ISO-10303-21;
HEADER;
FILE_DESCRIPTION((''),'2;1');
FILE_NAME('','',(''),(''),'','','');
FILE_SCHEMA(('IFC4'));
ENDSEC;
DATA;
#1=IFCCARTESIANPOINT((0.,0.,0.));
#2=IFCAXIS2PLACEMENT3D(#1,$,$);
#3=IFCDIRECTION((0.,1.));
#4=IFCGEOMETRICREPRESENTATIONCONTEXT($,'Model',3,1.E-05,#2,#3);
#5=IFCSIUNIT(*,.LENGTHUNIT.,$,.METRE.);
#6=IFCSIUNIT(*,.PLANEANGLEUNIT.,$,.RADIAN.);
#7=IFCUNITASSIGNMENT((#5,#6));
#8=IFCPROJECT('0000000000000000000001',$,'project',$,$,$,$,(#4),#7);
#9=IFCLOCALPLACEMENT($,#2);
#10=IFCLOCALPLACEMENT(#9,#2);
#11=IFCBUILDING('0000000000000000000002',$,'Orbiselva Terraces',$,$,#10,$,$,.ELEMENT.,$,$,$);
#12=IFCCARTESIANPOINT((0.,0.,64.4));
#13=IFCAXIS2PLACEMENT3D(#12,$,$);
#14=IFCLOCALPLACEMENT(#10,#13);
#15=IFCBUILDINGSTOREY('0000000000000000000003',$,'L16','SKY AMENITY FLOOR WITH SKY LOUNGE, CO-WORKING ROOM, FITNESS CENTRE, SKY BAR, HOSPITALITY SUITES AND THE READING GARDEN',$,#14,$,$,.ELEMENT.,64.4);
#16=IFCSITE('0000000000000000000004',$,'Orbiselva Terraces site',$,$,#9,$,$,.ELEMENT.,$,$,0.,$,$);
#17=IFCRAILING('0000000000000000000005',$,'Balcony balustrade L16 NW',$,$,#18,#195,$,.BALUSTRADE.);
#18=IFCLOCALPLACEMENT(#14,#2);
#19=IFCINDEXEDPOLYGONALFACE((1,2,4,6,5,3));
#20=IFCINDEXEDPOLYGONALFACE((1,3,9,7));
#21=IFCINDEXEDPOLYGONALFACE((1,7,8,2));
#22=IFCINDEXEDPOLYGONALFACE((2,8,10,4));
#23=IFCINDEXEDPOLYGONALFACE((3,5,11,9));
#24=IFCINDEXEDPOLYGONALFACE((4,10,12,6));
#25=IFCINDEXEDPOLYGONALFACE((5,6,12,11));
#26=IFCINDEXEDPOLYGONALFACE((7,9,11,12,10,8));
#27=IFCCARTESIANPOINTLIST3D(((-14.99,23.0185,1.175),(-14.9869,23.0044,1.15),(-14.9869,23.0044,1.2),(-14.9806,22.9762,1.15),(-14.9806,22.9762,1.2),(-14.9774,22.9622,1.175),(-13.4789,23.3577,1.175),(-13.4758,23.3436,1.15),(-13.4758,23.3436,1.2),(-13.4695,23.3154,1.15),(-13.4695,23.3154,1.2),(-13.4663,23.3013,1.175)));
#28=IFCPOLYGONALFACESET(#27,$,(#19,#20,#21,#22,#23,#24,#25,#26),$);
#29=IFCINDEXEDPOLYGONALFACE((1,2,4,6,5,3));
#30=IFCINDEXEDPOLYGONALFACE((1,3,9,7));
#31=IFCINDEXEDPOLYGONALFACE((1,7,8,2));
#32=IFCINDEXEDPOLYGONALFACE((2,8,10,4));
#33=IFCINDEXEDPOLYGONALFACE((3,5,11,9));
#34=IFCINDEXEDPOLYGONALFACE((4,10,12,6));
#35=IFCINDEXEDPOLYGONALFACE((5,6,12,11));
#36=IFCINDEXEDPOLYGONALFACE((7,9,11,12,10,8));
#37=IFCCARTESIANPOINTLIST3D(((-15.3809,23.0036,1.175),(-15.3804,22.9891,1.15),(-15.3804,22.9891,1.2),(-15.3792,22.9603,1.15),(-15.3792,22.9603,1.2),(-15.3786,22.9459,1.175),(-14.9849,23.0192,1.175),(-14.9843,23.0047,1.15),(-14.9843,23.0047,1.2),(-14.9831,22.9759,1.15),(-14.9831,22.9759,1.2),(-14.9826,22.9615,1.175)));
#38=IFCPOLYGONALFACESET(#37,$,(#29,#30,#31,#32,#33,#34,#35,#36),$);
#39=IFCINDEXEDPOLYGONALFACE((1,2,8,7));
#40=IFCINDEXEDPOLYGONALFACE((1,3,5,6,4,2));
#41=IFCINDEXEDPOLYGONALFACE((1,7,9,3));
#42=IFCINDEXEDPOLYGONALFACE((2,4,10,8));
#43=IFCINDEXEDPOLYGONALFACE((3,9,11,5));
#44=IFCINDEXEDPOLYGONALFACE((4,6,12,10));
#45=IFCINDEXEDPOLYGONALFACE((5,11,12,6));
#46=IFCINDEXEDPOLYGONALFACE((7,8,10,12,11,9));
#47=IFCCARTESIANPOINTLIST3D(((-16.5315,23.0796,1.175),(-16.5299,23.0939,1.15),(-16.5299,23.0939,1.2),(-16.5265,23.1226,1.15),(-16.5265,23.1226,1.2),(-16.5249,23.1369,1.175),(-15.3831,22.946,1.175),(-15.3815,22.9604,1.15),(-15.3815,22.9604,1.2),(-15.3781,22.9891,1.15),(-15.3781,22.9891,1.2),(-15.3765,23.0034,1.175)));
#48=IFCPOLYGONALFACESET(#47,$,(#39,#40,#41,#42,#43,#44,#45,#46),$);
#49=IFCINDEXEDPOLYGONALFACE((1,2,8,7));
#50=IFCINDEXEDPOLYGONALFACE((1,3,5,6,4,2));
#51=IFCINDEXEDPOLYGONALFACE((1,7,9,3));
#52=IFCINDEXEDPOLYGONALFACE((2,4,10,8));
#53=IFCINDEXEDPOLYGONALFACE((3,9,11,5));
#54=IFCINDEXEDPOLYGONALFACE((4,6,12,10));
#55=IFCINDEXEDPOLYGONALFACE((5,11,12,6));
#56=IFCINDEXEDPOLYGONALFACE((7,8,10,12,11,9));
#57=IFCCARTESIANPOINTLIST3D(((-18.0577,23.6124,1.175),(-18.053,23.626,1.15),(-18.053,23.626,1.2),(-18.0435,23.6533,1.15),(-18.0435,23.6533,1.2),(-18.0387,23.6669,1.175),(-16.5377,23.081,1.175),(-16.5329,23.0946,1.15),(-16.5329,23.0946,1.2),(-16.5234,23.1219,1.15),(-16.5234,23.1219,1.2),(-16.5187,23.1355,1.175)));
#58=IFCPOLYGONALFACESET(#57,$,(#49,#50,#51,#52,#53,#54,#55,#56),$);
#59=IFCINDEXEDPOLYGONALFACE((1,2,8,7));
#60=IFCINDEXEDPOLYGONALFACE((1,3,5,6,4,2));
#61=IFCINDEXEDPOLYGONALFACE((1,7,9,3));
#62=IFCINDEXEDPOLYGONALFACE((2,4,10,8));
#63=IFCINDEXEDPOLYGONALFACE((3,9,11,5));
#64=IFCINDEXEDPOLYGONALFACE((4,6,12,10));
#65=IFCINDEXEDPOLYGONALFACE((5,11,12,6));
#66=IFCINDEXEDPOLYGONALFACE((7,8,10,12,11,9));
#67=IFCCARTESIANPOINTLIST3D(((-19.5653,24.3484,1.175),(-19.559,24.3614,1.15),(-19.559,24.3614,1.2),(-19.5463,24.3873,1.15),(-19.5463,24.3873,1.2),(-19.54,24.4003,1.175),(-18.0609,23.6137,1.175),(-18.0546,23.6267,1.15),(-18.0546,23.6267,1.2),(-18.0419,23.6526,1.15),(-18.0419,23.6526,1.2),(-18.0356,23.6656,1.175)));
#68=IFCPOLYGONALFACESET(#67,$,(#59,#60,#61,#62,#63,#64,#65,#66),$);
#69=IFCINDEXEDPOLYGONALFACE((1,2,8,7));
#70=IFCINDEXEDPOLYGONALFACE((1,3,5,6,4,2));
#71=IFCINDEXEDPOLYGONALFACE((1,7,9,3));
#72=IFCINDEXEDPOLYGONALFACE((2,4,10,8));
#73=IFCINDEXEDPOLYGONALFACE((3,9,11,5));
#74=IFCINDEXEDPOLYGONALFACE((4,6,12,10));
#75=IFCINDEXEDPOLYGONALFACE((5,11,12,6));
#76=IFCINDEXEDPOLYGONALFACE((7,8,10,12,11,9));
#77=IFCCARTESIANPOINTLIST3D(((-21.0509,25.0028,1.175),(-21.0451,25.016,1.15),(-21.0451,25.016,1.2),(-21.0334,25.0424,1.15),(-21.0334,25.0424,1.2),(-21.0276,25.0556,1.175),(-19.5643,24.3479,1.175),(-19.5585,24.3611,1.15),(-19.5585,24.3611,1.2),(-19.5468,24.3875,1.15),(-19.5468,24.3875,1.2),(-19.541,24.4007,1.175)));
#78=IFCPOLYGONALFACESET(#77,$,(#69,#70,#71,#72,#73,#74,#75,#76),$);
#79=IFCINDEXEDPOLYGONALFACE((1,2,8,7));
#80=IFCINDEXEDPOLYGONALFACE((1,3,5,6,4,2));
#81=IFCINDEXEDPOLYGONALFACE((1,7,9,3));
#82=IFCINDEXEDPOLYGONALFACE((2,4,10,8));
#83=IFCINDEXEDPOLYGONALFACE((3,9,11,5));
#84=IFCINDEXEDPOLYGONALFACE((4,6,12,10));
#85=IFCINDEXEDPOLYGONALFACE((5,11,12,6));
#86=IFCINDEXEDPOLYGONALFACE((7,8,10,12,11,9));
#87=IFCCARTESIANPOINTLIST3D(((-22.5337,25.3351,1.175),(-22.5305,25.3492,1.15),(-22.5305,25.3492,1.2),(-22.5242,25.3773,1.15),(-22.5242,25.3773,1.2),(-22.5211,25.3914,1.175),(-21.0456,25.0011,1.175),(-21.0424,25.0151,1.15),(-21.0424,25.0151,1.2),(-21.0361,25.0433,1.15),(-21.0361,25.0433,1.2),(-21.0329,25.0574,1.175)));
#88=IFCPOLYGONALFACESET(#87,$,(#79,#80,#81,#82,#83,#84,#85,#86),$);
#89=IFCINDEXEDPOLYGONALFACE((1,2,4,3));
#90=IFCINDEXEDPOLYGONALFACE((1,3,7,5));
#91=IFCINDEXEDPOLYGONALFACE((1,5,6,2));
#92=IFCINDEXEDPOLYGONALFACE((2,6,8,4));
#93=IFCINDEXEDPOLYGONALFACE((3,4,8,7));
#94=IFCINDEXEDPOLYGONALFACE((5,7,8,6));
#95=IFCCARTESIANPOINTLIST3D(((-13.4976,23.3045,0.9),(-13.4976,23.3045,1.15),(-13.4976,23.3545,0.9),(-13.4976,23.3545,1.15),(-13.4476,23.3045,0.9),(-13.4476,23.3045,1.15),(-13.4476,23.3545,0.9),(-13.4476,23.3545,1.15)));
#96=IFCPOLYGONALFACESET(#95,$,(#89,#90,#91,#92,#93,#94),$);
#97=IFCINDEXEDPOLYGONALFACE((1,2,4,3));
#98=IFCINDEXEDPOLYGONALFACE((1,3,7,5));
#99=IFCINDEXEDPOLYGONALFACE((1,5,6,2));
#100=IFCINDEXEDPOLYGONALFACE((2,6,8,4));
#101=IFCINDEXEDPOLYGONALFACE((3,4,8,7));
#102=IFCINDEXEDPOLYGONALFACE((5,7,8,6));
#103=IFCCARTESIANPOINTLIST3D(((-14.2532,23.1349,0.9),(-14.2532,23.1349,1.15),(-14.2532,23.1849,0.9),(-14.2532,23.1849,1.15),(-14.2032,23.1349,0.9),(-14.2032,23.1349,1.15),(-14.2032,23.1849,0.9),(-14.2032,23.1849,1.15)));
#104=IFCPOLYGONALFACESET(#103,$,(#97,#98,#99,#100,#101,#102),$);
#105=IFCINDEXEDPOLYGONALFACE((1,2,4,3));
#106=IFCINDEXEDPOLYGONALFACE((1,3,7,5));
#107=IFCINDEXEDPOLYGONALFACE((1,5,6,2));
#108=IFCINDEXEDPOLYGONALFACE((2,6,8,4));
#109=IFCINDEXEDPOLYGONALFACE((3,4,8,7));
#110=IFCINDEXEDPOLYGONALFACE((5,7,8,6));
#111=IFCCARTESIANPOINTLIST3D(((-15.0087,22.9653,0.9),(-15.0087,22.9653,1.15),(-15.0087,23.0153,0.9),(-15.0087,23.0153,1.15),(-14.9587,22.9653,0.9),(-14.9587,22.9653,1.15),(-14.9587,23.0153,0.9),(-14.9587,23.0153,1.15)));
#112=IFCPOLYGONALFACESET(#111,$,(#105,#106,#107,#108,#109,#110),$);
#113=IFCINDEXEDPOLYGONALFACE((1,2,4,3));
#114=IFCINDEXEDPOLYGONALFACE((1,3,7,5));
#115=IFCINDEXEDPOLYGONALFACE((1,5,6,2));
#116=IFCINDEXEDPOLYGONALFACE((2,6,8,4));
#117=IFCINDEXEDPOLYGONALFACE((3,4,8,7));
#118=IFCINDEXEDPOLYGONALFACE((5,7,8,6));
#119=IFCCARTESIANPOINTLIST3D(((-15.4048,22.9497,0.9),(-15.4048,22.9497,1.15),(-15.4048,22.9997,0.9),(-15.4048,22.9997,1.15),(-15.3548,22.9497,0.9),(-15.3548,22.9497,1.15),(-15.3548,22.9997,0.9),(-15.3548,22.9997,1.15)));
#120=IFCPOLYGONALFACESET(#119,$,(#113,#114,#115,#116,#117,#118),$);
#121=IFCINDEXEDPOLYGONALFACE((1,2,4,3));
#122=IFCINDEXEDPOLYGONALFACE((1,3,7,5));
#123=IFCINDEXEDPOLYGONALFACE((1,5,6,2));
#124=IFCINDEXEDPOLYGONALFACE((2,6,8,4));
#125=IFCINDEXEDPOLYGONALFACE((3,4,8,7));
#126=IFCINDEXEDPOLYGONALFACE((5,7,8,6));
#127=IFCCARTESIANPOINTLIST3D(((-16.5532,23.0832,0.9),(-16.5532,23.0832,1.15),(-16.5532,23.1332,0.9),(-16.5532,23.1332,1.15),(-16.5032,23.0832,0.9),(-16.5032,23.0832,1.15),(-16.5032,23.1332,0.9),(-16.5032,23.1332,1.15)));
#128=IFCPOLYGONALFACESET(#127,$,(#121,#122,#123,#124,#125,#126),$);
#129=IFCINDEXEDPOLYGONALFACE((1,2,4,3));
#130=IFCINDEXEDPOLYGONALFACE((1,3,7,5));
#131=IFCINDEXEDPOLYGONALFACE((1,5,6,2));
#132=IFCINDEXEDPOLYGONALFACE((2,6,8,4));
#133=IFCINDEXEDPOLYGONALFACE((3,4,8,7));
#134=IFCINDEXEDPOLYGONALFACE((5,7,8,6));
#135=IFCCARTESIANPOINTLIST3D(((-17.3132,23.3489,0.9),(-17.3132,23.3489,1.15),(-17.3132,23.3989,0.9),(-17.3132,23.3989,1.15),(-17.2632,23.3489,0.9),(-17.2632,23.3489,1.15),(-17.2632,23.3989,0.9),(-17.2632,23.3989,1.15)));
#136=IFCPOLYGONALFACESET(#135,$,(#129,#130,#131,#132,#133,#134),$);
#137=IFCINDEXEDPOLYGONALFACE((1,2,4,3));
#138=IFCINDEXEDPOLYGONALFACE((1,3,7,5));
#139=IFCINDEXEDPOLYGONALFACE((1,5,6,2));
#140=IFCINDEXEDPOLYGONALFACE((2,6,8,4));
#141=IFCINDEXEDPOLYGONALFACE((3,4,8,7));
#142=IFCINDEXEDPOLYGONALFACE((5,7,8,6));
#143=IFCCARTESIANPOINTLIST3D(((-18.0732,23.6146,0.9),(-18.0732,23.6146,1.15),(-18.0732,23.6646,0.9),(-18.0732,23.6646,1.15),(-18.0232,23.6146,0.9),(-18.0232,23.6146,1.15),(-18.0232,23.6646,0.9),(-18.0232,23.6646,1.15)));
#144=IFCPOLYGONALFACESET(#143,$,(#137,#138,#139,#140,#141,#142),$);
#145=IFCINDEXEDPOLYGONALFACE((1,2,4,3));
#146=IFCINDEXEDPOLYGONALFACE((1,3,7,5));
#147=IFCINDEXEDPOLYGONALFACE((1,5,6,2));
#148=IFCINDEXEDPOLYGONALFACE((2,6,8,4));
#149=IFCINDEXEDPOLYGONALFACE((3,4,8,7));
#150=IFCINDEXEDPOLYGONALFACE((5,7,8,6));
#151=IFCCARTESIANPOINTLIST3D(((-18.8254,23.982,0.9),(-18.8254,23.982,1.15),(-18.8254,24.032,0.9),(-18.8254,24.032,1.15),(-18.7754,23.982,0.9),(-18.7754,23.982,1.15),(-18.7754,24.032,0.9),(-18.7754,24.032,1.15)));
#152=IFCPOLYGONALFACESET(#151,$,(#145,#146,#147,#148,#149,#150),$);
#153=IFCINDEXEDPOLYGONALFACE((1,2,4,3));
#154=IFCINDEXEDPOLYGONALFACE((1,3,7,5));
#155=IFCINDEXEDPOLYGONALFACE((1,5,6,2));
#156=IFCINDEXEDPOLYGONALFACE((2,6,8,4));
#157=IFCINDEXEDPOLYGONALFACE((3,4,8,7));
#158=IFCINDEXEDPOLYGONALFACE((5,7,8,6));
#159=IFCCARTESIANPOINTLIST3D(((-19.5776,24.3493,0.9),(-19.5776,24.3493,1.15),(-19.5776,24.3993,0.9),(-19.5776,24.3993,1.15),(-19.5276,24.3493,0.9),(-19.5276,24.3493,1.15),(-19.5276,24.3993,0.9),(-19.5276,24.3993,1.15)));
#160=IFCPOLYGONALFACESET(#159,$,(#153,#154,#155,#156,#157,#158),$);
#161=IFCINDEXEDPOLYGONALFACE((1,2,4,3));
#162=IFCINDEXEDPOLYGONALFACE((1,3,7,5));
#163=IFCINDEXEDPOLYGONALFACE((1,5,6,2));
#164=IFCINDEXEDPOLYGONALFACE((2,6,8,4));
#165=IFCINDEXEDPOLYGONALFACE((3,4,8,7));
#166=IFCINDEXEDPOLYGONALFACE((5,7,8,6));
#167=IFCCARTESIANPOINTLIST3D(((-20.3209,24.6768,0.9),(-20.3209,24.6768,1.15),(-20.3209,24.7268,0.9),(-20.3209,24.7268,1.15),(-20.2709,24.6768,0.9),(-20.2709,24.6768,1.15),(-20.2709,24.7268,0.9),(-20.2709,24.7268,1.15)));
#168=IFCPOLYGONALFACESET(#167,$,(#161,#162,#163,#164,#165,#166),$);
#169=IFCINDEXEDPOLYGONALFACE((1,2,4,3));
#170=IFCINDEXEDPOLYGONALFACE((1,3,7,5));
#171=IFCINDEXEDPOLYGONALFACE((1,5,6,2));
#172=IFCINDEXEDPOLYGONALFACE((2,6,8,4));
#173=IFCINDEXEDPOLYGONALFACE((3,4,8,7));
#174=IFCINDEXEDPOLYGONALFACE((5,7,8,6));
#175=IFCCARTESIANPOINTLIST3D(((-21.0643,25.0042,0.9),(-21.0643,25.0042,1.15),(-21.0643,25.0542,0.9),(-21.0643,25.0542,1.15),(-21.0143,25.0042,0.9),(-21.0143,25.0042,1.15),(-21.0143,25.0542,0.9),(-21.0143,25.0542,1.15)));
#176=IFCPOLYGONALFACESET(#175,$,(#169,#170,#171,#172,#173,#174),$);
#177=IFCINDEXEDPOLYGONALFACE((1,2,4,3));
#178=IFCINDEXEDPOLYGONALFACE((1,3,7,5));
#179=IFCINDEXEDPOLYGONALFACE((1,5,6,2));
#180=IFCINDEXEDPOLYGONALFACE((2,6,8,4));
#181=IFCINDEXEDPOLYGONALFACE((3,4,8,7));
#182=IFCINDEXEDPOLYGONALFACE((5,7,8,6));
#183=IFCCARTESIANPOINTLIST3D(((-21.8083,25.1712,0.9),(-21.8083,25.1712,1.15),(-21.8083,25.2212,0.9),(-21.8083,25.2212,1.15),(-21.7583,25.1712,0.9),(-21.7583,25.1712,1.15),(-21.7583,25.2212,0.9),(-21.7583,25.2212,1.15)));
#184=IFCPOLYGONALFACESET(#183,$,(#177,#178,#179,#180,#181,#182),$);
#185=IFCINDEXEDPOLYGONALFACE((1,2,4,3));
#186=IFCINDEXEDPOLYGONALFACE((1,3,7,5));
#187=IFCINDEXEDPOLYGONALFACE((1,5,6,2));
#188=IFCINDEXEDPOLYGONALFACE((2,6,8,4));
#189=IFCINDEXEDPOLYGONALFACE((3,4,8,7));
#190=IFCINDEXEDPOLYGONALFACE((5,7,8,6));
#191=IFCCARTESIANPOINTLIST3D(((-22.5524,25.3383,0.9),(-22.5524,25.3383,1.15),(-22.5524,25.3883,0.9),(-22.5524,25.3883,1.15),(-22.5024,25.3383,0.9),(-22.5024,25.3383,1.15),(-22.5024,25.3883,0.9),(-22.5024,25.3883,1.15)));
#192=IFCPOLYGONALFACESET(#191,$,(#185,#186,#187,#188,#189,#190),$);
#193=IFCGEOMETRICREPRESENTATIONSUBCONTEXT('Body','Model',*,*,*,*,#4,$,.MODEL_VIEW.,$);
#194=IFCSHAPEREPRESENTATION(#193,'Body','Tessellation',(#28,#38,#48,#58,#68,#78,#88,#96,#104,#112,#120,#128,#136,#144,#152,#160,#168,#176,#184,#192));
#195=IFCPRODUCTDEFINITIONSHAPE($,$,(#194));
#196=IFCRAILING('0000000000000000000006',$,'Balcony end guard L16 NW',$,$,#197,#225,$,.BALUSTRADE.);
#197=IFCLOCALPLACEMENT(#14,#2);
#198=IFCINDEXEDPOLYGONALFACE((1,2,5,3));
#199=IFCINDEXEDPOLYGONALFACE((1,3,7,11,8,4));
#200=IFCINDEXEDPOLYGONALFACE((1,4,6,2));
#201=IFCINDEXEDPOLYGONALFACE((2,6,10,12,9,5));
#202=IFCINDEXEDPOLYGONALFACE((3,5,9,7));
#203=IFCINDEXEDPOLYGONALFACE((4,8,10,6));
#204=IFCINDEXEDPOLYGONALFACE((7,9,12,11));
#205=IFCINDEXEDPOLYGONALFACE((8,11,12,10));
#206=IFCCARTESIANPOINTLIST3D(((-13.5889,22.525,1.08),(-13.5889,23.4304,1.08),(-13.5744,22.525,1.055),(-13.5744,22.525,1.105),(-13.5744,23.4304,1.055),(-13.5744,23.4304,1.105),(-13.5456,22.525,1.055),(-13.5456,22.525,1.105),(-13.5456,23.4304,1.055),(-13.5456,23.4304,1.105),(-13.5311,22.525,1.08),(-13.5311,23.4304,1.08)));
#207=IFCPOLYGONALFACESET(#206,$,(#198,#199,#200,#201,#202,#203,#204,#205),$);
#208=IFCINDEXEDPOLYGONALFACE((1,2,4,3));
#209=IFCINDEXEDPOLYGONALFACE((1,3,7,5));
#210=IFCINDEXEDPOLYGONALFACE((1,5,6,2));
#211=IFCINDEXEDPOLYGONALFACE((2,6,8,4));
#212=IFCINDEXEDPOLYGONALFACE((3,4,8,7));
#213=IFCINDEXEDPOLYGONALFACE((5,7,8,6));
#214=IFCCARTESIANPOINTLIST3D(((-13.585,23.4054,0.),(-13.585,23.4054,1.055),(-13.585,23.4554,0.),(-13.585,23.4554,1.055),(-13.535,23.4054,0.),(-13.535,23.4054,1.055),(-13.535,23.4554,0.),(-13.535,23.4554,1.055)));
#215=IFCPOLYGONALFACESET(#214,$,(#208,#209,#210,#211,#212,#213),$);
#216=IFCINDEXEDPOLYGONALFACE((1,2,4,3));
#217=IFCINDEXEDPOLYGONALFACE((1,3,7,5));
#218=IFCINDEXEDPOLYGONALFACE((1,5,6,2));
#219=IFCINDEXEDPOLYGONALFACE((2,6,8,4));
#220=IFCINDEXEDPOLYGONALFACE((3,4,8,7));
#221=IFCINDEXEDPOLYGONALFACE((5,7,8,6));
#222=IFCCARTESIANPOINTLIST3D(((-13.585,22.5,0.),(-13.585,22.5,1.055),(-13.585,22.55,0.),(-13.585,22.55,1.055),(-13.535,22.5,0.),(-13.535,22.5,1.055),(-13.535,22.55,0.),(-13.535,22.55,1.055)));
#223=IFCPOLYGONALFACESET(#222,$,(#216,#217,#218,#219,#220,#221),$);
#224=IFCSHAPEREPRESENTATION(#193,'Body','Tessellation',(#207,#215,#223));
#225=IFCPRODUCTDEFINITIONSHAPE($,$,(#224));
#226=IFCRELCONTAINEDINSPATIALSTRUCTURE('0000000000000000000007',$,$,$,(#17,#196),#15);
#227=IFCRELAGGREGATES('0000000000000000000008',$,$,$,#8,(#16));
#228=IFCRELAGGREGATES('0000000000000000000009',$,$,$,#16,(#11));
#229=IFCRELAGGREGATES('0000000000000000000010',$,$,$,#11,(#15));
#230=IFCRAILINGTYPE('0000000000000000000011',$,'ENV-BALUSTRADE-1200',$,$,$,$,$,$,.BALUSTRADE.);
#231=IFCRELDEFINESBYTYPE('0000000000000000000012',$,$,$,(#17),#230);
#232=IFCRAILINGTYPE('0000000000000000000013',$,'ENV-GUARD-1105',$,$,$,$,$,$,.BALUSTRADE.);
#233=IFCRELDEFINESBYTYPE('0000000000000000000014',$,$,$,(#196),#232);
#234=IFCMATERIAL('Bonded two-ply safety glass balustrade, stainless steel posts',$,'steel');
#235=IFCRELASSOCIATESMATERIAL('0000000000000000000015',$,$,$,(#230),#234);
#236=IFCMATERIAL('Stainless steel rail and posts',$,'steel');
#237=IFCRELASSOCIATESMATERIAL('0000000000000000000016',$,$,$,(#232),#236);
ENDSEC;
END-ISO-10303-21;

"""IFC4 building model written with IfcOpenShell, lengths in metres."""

from ifc_helpers import new_model, si_unit, direction, frame, origin, origin_2d, place, context, subcontext, project, spatial, polyline, rectangle, outline, extrude, material, type_object, element, save


model = new_model("IFC4")

# Units and contexts
model_context = context("Model", 3, precision=1e-05, world=origin(), true_north=direction((0.0, 1.0)))
body_context = subcontext(model_context, "Body", "Model", "MODEL_VIEW")
ifc_project = project(units=[si_unit("LENGTHUNIT", "METRE"), si_unit("PLANEANGLEUNIT", "RADIAN")], contexts=[model_context])

# Site, building, storey
site_placement = place(None, origin())
site = spatial("IfcSite", under=ifc_project, at=site_placement, Name="Orbiselva Terraces site", CompositionType="ELEMENT", RefElevation=0.0)
building_placement = place(site_placement, origin())
building = spatial("IfcBuilding", under=site, at=building_placement, Name="Orbiselva Terraces", CompositionType="ELEMENT")
storey_placement = place(building_placement, frame((0.0, 0.0, 64.4)))
storey = spatial("IfcBuildingStorey", under=building, at=storey_placement, Name="L16", Description="SKY AMENITY FLOOR WITH SKY LOUNGE, CO-WORKING ROOM, FITNESS CENTRE, SKY BAR, HOSPITALITY SUITES AND THE READING GARDEN", CompositionType="ELEMENT", Elevation=64.4)

# Railings
ifc_material_1 = material(Name="Bonded two-ply safety glass balustrade, stainless steel posts", Category="steel")
railing_type_1 = type_object("IfcRailingType", Name="ENV-BALUSTRADE-1200", PredefinedType="BALUSTRADE", material=ifc_material_1)
railing_1_placement = place(storey_placement, frame((-13.4726, 23.3295, 0.9)))
element("IfcRailing", 1, at=railing_1_placement, inside=storey, type_object=railing_type_1, Name="Balcony balustrade L16 NW", PredefinedType="BALUSTRADE", context=body_context, shape_type="SweptSolid", body=[
    extrude(outline(polyline([(0.0289, 0.0), (0.0144, 0.025), (-0.0144, 0.025), (-0.0289, 0.0), (-0.0144, -0.025), (0.0144, -0.025), (0.0289, 0.0)])), frame((0.0, 0.0, 0.275), z_axis=(-0.975721, -0.219015, 0.0), x_axis=(0.219015, -0.975721, 0.0)), (0.0, 0.0, 1.0), 1.5487),
    extrude(outline(polyline([(0.0289, 0.0), (0.0144, 0.025), (-0.0144, 0.025), (-0.0289, 0.0), (-0.0144, -0.025), (0.0144, -0.025), (0.0289, 0.0)])), frame((-1.5111, -0.3392, 0.275), z_axis=(-0.999225, -0.039369, 0.0), x_axis=(0.039369, -0.999225, 0.0)), (0.0, 0.0, 1.0), 0.3964),
    extrude(outline(polyline([(0.0289, 0.0), (0.0144, 0.025), (-0.0144, 0.025), (-0.0289, 0.0), (-0.0144, -0.025), (0.0144, -0.025), (0.0289, 0.0)])), frame((-1.9072, -0.3548, 0.275), z_axis=(-0.99331, 0.115482, 0.0), x_axis=(-0.115482, -0.99331, 0.0)), (0.0, 0.0, 1.0), 1.1561),
    extrude(outline(polyline([(0.0289, 0.0), (0.0144, 0.025), (-0.0144, 0.025), (-0.0289, 0.0), (-0.0144, -0.025), (0.0144, -0.025), (0.0289, 0.0)])), frame((-3.0556, -0.2213, 0.275), z_axis=(-0.943972, 0.330025, 0.0), x_axis=(-0.330025, -0.943972, 0.0)), (0.0, 0.0, 1.0), 1.6103),
    extrude(outline(polyline([(0.0289, 0.0), (0.0144, 0.025), (-0.0144, 0.025), (-0.0289, 0.0), (-0.0144, -0.025), (0.0144, -0.025), (0.0289, 0.0)])), frame((-4.5756, 0.3101, 0.275), z_axis=(-0.898579, 0.438812, 0.0), x_axis=(-0.438812, -0.898579, 0.0)), (0.0, 0.0, 1.0), 1.6742),
    extrude(outline(polyline([(0.0289, 0.0), (0.0144, 0.025), (-0.0144, 0.025), (-0.0289, 0.0), (-0.0144, -0.025), (0.0144, -0.025), (0.0289, 0.0)])), frame((-6.08, 1.0448, 0.275), z_axis=(-0.915133, 0.403151, 0.0), x_axis=(-0.403151, -0.915133, 0.0)), (0.0, 0.0, 1.0), 1.6245),
    extrude(outline(polyline([(0.0289, 0.0), (0.0144, 0.025), (-0.0144, 0.025), (-0.0289, 0.0), (-0.0144, -0.025), (0.0144, -0.025), (0.0289, 0.0)])), frame((-7.5666, 1.6997, 0.275), z_axis=(-0.975721, 0.219016, 0.0), x_axis=(-0.219016, -0.975721, 0.0)), (0.0, 0.0, 1.0), 1.5252),
    extrude(rectangle(XDim=0.05, YDim=0.05, at=origin_2d()), origin(), (0.0, 0.0, 1.0), 0.25),
    extrude(rectangle(XDim=0.05, YDim=0.05, at=origin_2d()), frame((-0.7555, -0.1696, 0.0)), (0.0, 0.0, 1.0), 0.25),
    extrude(rectangle(XDim=0.05, YDim=0.05, at=origin_2d()), frame((-1.5111, -0.3392, 0.0)), (0.0, 0.0, 1.0), 0.25),
    extrude(rectangle(XDim=0.05, YDim=0.05, at=origin_2d()), frame((-1.9072, -0.3548, 0.0)), (0.0, 0.0, 1.0), 0.25),
    extrude(rectangle(XDim=0.05, YDim=0.05, at=origin_2d()), frame((-3.0556, -0.2213, 0.0)), (0.0, 0.0, 1.0), 0.25),
    extrude(rectangle(XDim=0.05, YDim=0.05, at=origin_2d()), frame((-3.8156, 0.0444, 0.0)), (0.0, 0.0, 1.0), 0.25),
    extrude(rectangle(XDim=0.05, YDim=0.05, at=origin_2d()), frame((-4.5756, 0.3101, 0.0)), (0.0, 0.0, 1.0), 0.25),
    extrude(rectangle(XDim=0.05, YDim=0.05, at=origin_2d()), frame((-5.3278, 0.6775, 0.0)), (0.0, 0.0, 1.0), 0.25),
    extrude(rectangle(XDim=0.05, YDim=0.05, at=origin_2d()), frame((-6.08, 1.0448, 0.0)), (0.0, 0.0, 1.0), 0.25),
    extrude(rectangle(XDim=0.05, YDim=0.05, at=origin_2d()), frame((-6.8233, 1.3723, 0.0)), (0.0, 0.0, 1.0), 0.25),
    extrude(rectangle(XDim=0.05, YDim=0.05, at=origin_2d()), frame((-7.5666, 1.6997, 0.0)), (0.0, 0.0, 1.0), 0.25),
    extrude(rectangle(XDim=0.05, YDim=0.05, at=origin_2d()), frame((-8.3107, 1.8667, 0.0)), (0.0, 0.0, 1.0), 0.25),
    extrude(rectangle(XDim=0.05, YDim=0.05, at=origin_2d()), frame((-9.0548, 2.0338, 0.0)), (0.0, 0.0, 1.0), 0.25),
])
ifc_material_2 = material(Name="Stainless steel rail and posts", Category="steel")
railing_type_2 = type_object("IfcRailingType", Name="ENV-GUARD-1105", PredefinedType="BALUSTRADE", material=ifc_material_2)
railing_2_placement = place(storey_placement, frame((-13.56, 23.4304, 0.0)))
element("IfcRailing", 2, at=railing_2_placement, inside=storey, type_object=railing_type_2, Name="Balcony end guard L16 NW", PredefinedType="BALUSTRADE", context=body_context, shape_type="SweptSolid", body=[
    extrude(outline(polyline([(0.0289, 0.0), (0.0144, 0.025), (-0.0144, 0.025), (-0.0289, 0.0), (-0.0144, -0.025), (0.0144, -0.025), (0.0289, 0.0)])), frame((0.0, 0.0, 1.08), z_axis=(0.0, -1.0, 0.0), x_axis=(1.0, 0.0, 0.0)), (0.0, 0.0, 1.0), 0.9054),
    extrude(rectangle(XDim=0.05, YDim=0.05, at=origin_2d()), origin(), (0.0, 0.0, 1.0), 1.055),
    extrude(rectangle(XDim=0.05, YDim=0.05, at=origin_2d()), frame((0.0, -0.9054, 0.0)), (0.0, 0.0, 1.0), 1.055),
])

save(model, "model.ifc")
